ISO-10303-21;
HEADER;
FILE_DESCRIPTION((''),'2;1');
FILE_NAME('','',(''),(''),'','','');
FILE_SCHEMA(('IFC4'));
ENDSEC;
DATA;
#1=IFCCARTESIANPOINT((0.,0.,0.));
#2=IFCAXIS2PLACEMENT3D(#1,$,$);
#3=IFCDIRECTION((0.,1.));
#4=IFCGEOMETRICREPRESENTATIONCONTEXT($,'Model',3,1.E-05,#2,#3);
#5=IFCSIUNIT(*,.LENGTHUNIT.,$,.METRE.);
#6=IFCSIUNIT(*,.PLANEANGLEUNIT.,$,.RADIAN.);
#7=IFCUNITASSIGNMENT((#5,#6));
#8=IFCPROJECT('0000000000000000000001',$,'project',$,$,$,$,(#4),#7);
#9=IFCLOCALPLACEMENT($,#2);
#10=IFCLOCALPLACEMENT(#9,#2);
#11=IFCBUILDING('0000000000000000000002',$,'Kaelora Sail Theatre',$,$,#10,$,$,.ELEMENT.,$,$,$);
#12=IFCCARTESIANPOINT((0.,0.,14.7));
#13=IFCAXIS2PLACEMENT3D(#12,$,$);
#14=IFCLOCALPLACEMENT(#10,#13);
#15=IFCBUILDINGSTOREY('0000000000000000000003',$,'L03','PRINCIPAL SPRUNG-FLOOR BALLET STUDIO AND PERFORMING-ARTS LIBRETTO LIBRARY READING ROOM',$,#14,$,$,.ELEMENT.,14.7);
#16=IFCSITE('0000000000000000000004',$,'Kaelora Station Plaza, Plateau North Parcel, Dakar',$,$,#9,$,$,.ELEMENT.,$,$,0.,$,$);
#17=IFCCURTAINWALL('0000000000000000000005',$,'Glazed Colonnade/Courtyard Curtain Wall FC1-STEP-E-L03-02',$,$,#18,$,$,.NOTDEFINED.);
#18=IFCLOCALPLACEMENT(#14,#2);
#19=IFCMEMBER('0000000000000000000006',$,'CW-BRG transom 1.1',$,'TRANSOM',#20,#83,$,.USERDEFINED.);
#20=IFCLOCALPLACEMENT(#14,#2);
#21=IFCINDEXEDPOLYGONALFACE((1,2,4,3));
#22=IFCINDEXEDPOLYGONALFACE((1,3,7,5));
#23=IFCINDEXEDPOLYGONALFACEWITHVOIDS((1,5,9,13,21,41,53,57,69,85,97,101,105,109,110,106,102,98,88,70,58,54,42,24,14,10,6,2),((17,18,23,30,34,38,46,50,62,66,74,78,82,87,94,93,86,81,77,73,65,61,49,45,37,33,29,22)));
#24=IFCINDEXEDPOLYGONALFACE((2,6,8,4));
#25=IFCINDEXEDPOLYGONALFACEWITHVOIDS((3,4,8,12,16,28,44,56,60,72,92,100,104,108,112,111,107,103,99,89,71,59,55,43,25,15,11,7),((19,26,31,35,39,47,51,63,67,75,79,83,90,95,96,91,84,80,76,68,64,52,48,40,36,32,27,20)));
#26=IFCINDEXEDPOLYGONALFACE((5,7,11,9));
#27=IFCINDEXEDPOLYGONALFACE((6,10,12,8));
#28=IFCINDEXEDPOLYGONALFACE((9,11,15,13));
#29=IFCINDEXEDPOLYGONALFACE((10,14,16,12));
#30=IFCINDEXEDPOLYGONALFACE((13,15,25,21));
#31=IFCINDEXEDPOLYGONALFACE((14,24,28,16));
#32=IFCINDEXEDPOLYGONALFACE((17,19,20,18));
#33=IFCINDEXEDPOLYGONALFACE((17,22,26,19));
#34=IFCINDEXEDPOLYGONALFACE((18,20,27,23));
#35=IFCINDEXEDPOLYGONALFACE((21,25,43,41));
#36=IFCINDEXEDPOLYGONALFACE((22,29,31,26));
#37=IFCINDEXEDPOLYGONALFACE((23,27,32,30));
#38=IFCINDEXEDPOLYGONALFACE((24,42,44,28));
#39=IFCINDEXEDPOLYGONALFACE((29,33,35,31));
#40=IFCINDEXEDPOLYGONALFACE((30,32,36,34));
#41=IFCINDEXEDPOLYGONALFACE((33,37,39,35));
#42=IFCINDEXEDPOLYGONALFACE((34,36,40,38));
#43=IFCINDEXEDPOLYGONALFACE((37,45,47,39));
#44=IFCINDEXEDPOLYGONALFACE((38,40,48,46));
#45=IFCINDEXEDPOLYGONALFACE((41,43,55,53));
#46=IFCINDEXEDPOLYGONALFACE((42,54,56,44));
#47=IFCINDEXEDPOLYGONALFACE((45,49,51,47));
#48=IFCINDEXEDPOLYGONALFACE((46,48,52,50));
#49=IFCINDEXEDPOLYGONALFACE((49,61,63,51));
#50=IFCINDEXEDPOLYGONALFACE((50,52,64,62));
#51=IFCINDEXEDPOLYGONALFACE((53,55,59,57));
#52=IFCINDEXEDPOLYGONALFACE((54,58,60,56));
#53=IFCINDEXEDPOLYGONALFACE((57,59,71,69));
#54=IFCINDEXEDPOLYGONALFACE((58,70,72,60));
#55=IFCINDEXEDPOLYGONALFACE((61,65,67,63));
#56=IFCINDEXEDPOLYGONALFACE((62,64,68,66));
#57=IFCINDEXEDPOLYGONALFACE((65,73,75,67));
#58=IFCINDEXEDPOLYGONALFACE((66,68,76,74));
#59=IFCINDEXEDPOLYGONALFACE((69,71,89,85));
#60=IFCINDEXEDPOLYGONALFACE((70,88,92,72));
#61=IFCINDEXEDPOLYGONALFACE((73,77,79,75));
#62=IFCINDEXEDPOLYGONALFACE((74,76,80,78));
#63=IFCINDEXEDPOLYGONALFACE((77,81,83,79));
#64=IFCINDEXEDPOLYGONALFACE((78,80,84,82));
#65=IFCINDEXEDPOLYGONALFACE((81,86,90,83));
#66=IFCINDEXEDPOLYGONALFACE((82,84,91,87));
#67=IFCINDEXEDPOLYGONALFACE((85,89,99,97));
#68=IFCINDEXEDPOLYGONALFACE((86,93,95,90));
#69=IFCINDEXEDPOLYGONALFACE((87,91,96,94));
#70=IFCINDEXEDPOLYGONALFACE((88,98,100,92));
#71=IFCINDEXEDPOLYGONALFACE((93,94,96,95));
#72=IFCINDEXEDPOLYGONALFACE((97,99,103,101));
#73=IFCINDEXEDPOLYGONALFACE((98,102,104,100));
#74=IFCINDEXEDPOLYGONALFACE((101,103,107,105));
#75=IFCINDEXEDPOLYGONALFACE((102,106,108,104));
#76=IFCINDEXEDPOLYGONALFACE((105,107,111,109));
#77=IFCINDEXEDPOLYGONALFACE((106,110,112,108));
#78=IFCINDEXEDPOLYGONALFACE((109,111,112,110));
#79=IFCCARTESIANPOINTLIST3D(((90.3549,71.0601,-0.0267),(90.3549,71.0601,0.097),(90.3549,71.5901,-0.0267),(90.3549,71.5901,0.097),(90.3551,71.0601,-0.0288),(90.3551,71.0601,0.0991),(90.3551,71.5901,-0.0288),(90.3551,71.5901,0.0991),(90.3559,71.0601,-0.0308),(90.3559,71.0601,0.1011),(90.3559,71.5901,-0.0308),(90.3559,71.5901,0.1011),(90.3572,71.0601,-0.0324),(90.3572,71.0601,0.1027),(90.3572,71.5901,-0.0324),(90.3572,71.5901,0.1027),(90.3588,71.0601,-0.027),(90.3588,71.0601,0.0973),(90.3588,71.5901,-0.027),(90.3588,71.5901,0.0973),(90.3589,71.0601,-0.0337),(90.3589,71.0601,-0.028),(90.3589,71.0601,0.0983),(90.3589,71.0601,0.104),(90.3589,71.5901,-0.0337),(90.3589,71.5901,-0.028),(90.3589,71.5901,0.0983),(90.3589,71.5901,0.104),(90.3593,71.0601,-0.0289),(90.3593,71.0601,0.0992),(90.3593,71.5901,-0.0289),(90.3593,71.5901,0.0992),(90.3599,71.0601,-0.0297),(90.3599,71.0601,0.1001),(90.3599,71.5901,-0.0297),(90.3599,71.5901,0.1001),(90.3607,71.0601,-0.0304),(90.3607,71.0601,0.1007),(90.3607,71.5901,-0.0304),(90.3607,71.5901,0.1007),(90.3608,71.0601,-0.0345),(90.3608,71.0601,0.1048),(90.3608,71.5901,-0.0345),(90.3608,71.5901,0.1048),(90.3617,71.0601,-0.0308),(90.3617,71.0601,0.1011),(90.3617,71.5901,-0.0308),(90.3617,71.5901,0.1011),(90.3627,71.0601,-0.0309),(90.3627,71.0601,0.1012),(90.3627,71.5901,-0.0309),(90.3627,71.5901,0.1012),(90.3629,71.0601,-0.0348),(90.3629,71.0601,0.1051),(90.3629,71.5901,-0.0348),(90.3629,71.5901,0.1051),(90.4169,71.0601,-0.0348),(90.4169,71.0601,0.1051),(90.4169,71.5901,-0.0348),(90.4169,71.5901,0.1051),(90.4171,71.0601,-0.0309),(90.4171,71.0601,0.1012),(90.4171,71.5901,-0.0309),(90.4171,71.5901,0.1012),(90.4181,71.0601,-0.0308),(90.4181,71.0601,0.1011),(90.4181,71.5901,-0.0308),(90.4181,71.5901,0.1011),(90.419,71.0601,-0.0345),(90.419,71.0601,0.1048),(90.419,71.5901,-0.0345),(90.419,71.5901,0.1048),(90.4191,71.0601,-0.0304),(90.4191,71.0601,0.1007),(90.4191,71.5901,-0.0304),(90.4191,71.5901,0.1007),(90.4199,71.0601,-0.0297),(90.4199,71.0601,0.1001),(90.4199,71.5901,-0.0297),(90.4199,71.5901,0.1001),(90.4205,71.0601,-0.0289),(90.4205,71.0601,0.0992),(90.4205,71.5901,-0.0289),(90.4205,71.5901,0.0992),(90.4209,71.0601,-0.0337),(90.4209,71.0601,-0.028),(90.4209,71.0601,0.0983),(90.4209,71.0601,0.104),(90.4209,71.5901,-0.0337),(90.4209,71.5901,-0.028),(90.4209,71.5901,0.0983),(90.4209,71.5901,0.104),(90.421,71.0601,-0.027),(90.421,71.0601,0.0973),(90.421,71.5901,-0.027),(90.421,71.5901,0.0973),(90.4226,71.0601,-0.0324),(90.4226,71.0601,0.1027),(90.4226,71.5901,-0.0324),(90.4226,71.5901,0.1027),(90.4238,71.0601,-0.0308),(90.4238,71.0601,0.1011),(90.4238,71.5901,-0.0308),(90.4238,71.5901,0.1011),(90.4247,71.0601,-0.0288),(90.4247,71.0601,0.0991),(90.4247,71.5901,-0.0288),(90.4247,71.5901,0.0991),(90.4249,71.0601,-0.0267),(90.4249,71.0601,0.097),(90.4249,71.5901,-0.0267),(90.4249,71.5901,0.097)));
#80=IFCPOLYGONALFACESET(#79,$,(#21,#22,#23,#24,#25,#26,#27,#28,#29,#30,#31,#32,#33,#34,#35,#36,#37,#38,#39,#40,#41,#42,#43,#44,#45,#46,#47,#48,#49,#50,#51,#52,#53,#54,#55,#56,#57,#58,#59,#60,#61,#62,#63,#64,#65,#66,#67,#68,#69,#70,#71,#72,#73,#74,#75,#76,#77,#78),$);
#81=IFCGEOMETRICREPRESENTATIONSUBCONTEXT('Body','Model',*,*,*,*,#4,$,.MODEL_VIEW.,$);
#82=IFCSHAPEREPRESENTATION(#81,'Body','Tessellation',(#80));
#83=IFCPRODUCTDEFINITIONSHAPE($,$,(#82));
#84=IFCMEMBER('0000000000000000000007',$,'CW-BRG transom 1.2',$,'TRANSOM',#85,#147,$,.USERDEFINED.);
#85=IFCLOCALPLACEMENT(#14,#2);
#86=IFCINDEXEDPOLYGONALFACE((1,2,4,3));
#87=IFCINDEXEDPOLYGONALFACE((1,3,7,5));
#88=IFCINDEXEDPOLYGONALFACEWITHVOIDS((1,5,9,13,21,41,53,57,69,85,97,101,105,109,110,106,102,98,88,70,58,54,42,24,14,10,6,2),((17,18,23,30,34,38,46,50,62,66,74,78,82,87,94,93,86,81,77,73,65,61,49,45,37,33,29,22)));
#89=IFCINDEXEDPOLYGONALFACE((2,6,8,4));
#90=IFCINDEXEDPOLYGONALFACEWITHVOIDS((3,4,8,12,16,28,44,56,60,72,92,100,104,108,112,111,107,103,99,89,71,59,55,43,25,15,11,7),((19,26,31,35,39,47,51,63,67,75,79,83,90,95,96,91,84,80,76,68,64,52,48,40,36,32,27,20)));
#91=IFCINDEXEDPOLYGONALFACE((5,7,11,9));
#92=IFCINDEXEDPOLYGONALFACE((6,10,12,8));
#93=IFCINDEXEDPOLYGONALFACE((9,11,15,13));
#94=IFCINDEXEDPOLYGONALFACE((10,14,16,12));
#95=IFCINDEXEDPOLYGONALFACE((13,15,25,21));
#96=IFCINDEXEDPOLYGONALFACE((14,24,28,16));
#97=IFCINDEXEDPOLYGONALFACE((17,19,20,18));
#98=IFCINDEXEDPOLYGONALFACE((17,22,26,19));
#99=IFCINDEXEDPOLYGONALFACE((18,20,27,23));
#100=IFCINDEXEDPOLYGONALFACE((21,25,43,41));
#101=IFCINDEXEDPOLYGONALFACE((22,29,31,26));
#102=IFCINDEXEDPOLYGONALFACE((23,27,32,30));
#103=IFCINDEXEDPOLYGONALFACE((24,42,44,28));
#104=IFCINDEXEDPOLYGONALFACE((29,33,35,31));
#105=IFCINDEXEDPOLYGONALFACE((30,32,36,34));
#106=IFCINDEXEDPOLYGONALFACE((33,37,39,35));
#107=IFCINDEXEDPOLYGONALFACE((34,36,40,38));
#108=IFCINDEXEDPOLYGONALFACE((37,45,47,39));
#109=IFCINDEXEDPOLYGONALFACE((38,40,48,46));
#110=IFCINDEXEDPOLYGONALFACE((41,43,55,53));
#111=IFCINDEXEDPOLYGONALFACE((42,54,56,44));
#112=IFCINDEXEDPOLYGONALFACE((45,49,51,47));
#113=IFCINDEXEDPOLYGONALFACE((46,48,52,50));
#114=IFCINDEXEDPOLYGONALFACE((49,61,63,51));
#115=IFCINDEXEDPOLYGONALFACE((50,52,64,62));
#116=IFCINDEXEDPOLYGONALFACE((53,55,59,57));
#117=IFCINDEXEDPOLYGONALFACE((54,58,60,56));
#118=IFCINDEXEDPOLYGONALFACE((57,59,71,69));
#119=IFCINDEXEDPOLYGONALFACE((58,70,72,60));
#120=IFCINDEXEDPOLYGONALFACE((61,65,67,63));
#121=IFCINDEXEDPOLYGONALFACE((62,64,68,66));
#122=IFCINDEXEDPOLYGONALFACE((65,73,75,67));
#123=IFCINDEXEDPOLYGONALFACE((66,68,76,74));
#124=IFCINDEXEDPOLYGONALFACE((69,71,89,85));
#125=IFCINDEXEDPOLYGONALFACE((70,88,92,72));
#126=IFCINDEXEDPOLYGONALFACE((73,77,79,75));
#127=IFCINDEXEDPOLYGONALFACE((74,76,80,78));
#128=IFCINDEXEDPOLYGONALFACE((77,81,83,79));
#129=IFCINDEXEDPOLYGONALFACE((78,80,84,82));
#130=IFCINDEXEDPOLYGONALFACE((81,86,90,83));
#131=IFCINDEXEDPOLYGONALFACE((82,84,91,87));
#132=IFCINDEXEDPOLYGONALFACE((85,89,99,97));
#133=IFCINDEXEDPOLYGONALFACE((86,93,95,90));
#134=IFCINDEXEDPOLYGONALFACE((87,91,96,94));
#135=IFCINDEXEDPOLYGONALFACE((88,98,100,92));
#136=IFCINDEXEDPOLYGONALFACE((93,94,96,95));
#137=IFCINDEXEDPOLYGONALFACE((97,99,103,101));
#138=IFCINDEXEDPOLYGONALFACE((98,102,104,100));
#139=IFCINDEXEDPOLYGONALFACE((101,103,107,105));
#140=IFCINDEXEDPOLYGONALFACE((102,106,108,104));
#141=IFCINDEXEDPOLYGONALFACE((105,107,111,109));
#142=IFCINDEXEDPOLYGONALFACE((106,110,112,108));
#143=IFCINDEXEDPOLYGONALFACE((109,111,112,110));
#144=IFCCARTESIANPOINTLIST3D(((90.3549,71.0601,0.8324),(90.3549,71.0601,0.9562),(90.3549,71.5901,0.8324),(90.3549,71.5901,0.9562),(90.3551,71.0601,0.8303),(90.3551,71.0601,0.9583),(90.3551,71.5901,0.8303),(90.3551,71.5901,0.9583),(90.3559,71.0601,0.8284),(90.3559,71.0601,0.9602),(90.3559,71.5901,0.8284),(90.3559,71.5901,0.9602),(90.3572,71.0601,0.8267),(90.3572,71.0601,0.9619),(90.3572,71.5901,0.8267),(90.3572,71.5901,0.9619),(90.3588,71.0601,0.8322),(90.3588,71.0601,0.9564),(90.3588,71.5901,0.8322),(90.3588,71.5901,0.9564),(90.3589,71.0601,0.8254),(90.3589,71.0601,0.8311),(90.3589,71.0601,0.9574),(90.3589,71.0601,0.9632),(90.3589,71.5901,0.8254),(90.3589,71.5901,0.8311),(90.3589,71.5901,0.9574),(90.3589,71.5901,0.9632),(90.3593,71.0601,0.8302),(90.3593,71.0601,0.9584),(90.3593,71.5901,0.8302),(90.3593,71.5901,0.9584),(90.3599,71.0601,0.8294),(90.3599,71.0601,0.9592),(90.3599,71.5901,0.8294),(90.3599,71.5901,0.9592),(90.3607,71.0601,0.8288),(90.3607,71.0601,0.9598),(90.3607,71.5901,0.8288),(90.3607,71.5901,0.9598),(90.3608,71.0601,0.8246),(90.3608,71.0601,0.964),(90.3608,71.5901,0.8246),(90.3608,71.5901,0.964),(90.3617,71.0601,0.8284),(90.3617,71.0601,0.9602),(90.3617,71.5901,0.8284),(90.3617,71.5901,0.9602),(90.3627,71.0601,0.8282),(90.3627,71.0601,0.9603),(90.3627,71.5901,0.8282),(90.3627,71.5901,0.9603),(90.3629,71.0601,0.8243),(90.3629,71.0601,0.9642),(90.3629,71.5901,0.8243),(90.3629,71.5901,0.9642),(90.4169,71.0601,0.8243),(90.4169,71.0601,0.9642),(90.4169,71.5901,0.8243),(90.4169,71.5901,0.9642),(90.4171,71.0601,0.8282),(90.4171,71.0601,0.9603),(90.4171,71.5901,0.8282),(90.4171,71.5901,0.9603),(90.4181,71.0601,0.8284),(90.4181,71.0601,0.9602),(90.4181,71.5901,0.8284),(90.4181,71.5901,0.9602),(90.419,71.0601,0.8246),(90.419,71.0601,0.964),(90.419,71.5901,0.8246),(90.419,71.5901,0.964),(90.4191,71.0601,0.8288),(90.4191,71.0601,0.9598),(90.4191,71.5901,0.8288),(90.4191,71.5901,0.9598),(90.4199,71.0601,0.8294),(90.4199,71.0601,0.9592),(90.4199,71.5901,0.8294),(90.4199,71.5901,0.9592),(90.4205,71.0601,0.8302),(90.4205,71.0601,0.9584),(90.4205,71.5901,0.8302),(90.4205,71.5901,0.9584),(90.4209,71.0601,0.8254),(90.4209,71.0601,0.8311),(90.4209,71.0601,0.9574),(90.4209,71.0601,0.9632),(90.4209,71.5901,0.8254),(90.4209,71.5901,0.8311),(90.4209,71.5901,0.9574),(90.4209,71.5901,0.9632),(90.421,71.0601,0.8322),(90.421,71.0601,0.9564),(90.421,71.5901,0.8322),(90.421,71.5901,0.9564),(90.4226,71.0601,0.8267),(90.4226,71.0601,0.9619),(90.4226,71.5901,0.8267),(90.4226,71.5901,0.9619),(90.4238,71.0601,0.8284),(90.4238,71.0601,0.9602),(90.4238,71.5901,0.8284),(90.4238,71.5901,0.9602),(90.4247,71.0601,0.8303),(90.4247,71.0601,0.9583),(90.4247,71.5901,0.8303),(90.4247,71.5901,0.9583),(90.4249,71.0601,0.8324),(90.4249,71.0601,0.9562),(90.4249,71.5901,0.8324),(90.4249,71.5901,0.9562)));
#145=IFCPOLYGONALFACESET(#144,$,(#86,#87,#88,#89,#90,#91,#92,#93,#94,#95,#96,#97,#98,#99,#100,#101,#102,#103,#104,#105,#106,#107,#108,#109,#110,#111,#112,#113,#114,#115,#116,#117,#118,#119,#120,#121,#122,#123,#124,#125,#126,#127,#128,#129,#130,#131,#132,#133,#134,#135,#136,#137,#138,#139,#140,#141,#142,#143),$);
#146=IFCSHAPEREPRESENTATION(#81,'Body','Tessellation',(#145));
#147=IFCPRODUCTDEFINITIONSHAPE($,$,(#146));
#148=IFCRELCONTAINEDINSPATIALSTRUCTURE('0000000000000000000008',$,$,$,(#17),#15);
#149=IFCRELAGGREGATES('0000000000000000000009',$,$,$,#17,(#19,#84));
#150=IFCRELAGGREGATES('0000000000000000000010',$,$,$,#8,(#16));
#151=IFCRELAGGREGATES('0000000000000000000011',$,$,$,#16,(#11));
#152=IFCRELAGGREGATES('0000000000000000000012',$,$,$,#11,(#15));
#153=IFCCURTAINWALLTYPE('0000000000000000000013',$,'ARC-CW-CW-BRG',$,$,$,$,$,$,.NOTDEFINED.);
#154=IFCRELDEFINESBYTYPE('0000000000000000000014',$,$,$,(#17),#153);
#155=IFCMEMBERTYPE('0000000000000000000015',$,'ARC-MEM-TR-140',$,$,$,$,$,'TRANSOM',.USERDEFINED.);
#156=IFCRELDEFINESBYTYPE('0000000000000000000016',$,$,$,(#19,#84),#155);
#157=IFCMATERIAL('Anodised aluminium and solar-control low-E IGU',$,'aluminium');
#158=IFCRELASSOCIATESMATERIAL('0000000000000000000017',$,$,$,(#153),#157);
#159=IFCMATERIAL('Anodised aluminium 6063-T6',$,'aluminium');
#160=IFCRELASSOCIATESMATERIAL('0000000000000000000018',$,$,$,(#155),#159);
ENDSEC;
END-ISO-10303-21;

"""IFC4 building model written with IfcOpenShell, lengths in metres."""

from ifc_helpers import new_model, si_unit, direction, frame, origin, origin_2d, place, context, subcontext, project, spatial, hollow_rectangle, extrude, material, material_profile, profile_set, type_object, element, aggregate, save


model = new_model("IFC4")

# Units and contexts
model_context = context("Model", 3, precision=1e-05, world=origin(), true_north=direction((0.0, 1.0)))
body_context = subcontext(model_context, "Body", "Model", "MODEL_VIEW")
ifc_project = project(units=[si_unit("LENGTHUNIT", "METRE"), si_unit("PLANEANGLEUNIT", "RADIAN")], contexts=[model_context])

# Site, building, storey
site_placement = place(None, origin())
site = spatial("IfcSite", under=ifc_project, at=site_placement, Name="Kaelora Station Plaza, Plateau North Parcel, Dakar", CompositionType="ELEMENT", RefElevation=0.0)
building_placement = place(site_placement, origin())
building = spatial("IfcBuilding", under=site, at=building_placement, Name="Kaelora Sail Theatre", CompositionType="ELEMENT")
storey_placement = place(building_placement, frame((0.0, 0.0, 14.7)))
storey = spatial("IfcBuildingStorey", under=building, at=storey_placement, Name="L03", Description="PRINCIPAL SPRUNG-FLOOR BALLET STUDIO AND PERFORMING-ARTS LIBRETTO LIBRARY READING ROOM", CompositionType="ELEMENT", Elevation=14.7)

# Curtain wall, members
ifc_material_1 = material(Name="Anodised aluminium and solar-control low-E IGU", Category="aluminium")
curtain_wall_type = type_object("IfcCurtainWallType", Name="ARC-CW-CW-BRG", PredefinedType="NOTDEFINED", material=ifc_material_1)
curtain_wall_placement = place(storey_placement, origin())
curtain_wall = element("IfcCurtainWall", 1, at=curtain_wall_placement, inside=storey, type_object=curtain_wall_type, Name="Glazed Colonnade/Courtyard Curtain Wall FC1-STEP-E-L03-02", PredefinedType="NOTDEFINED")
ifc_material_2 = material(Name="Anodised aluminium 6063-T6", Category="aluminium")
ifc_material_profile_1 = material_profile(ifc_material_2, hollow_rectangle(XDim=0.0701, YDim=0.1399, WallThickness=0.0039, InnerFilletRadius=0.0039, OuterFilletRadius=0.0081, at=origin_2d()), Name="ALU-TRAN 70x140x4")
ifc_profile_set_1 = profile_set([ifc_material_profile_1], Name="Anodised aluminium 6063-T6")
member_type_1 = type_object("IfcMemberType", Name="ARC-MEM-TR-140", ElementType="TRANSOM", PredefinedType="USERDEFINED", material=ifc_profile_set_1)
member_1_placement = place(storey_placement, frame((90.3899, 71.0601, 0.0352), z_axis=(0.0, 1.0, 0.0), x_axis=(-1.0, 0.0, 0.0)))
member_1 = element("IfcMember", 2, at=member_1_placement, type_object=member_type_1, Name="CW-BRG transom 1.1", ObjectType="TRANSOM", PredefinedType="USERDEFINED", context=body_context, shape_type="SweptSolid", body=[
    extrude(hollow_rectangle(XDim=0.0701, YDim=0.1399, WallThickness=0.0039, InnerFilletRadius=0.0039, OuterFilletRadius=0.0081, at=origin_2d()), origin(), (0.0, 0.0, 1.0), 0.53),
])
member_2_placement = place(storey_placement, frame((90.3899, 71.0601, 0.8943), z_axis=(0.0, 1.0, 0.0), x_axis=(-1.0, 0.0, 0.0)))
member_2 = element("IfcMember", 3, at=member_2_placement, type_object=member_type_1, Name="CW-BRG transom 1.2", ObjectType="TRANSOM", PredefinedType="USERDEFINED", context=body_context, shape_type="SweptSolid", body=[
    extrude(hollow_rectangle(XDim=0.0701, YDim=0.1399, WallThickness=0.0039, InnerFilletRadius=0.0039, OuterFilletRadius=0.0081, at=origin_2d()), origin(), (0.0, 0.0, 1.0), 0.53),
])

aggregate(curtain_wall, [member_1, member_2])

save(model, "model.ifc")
